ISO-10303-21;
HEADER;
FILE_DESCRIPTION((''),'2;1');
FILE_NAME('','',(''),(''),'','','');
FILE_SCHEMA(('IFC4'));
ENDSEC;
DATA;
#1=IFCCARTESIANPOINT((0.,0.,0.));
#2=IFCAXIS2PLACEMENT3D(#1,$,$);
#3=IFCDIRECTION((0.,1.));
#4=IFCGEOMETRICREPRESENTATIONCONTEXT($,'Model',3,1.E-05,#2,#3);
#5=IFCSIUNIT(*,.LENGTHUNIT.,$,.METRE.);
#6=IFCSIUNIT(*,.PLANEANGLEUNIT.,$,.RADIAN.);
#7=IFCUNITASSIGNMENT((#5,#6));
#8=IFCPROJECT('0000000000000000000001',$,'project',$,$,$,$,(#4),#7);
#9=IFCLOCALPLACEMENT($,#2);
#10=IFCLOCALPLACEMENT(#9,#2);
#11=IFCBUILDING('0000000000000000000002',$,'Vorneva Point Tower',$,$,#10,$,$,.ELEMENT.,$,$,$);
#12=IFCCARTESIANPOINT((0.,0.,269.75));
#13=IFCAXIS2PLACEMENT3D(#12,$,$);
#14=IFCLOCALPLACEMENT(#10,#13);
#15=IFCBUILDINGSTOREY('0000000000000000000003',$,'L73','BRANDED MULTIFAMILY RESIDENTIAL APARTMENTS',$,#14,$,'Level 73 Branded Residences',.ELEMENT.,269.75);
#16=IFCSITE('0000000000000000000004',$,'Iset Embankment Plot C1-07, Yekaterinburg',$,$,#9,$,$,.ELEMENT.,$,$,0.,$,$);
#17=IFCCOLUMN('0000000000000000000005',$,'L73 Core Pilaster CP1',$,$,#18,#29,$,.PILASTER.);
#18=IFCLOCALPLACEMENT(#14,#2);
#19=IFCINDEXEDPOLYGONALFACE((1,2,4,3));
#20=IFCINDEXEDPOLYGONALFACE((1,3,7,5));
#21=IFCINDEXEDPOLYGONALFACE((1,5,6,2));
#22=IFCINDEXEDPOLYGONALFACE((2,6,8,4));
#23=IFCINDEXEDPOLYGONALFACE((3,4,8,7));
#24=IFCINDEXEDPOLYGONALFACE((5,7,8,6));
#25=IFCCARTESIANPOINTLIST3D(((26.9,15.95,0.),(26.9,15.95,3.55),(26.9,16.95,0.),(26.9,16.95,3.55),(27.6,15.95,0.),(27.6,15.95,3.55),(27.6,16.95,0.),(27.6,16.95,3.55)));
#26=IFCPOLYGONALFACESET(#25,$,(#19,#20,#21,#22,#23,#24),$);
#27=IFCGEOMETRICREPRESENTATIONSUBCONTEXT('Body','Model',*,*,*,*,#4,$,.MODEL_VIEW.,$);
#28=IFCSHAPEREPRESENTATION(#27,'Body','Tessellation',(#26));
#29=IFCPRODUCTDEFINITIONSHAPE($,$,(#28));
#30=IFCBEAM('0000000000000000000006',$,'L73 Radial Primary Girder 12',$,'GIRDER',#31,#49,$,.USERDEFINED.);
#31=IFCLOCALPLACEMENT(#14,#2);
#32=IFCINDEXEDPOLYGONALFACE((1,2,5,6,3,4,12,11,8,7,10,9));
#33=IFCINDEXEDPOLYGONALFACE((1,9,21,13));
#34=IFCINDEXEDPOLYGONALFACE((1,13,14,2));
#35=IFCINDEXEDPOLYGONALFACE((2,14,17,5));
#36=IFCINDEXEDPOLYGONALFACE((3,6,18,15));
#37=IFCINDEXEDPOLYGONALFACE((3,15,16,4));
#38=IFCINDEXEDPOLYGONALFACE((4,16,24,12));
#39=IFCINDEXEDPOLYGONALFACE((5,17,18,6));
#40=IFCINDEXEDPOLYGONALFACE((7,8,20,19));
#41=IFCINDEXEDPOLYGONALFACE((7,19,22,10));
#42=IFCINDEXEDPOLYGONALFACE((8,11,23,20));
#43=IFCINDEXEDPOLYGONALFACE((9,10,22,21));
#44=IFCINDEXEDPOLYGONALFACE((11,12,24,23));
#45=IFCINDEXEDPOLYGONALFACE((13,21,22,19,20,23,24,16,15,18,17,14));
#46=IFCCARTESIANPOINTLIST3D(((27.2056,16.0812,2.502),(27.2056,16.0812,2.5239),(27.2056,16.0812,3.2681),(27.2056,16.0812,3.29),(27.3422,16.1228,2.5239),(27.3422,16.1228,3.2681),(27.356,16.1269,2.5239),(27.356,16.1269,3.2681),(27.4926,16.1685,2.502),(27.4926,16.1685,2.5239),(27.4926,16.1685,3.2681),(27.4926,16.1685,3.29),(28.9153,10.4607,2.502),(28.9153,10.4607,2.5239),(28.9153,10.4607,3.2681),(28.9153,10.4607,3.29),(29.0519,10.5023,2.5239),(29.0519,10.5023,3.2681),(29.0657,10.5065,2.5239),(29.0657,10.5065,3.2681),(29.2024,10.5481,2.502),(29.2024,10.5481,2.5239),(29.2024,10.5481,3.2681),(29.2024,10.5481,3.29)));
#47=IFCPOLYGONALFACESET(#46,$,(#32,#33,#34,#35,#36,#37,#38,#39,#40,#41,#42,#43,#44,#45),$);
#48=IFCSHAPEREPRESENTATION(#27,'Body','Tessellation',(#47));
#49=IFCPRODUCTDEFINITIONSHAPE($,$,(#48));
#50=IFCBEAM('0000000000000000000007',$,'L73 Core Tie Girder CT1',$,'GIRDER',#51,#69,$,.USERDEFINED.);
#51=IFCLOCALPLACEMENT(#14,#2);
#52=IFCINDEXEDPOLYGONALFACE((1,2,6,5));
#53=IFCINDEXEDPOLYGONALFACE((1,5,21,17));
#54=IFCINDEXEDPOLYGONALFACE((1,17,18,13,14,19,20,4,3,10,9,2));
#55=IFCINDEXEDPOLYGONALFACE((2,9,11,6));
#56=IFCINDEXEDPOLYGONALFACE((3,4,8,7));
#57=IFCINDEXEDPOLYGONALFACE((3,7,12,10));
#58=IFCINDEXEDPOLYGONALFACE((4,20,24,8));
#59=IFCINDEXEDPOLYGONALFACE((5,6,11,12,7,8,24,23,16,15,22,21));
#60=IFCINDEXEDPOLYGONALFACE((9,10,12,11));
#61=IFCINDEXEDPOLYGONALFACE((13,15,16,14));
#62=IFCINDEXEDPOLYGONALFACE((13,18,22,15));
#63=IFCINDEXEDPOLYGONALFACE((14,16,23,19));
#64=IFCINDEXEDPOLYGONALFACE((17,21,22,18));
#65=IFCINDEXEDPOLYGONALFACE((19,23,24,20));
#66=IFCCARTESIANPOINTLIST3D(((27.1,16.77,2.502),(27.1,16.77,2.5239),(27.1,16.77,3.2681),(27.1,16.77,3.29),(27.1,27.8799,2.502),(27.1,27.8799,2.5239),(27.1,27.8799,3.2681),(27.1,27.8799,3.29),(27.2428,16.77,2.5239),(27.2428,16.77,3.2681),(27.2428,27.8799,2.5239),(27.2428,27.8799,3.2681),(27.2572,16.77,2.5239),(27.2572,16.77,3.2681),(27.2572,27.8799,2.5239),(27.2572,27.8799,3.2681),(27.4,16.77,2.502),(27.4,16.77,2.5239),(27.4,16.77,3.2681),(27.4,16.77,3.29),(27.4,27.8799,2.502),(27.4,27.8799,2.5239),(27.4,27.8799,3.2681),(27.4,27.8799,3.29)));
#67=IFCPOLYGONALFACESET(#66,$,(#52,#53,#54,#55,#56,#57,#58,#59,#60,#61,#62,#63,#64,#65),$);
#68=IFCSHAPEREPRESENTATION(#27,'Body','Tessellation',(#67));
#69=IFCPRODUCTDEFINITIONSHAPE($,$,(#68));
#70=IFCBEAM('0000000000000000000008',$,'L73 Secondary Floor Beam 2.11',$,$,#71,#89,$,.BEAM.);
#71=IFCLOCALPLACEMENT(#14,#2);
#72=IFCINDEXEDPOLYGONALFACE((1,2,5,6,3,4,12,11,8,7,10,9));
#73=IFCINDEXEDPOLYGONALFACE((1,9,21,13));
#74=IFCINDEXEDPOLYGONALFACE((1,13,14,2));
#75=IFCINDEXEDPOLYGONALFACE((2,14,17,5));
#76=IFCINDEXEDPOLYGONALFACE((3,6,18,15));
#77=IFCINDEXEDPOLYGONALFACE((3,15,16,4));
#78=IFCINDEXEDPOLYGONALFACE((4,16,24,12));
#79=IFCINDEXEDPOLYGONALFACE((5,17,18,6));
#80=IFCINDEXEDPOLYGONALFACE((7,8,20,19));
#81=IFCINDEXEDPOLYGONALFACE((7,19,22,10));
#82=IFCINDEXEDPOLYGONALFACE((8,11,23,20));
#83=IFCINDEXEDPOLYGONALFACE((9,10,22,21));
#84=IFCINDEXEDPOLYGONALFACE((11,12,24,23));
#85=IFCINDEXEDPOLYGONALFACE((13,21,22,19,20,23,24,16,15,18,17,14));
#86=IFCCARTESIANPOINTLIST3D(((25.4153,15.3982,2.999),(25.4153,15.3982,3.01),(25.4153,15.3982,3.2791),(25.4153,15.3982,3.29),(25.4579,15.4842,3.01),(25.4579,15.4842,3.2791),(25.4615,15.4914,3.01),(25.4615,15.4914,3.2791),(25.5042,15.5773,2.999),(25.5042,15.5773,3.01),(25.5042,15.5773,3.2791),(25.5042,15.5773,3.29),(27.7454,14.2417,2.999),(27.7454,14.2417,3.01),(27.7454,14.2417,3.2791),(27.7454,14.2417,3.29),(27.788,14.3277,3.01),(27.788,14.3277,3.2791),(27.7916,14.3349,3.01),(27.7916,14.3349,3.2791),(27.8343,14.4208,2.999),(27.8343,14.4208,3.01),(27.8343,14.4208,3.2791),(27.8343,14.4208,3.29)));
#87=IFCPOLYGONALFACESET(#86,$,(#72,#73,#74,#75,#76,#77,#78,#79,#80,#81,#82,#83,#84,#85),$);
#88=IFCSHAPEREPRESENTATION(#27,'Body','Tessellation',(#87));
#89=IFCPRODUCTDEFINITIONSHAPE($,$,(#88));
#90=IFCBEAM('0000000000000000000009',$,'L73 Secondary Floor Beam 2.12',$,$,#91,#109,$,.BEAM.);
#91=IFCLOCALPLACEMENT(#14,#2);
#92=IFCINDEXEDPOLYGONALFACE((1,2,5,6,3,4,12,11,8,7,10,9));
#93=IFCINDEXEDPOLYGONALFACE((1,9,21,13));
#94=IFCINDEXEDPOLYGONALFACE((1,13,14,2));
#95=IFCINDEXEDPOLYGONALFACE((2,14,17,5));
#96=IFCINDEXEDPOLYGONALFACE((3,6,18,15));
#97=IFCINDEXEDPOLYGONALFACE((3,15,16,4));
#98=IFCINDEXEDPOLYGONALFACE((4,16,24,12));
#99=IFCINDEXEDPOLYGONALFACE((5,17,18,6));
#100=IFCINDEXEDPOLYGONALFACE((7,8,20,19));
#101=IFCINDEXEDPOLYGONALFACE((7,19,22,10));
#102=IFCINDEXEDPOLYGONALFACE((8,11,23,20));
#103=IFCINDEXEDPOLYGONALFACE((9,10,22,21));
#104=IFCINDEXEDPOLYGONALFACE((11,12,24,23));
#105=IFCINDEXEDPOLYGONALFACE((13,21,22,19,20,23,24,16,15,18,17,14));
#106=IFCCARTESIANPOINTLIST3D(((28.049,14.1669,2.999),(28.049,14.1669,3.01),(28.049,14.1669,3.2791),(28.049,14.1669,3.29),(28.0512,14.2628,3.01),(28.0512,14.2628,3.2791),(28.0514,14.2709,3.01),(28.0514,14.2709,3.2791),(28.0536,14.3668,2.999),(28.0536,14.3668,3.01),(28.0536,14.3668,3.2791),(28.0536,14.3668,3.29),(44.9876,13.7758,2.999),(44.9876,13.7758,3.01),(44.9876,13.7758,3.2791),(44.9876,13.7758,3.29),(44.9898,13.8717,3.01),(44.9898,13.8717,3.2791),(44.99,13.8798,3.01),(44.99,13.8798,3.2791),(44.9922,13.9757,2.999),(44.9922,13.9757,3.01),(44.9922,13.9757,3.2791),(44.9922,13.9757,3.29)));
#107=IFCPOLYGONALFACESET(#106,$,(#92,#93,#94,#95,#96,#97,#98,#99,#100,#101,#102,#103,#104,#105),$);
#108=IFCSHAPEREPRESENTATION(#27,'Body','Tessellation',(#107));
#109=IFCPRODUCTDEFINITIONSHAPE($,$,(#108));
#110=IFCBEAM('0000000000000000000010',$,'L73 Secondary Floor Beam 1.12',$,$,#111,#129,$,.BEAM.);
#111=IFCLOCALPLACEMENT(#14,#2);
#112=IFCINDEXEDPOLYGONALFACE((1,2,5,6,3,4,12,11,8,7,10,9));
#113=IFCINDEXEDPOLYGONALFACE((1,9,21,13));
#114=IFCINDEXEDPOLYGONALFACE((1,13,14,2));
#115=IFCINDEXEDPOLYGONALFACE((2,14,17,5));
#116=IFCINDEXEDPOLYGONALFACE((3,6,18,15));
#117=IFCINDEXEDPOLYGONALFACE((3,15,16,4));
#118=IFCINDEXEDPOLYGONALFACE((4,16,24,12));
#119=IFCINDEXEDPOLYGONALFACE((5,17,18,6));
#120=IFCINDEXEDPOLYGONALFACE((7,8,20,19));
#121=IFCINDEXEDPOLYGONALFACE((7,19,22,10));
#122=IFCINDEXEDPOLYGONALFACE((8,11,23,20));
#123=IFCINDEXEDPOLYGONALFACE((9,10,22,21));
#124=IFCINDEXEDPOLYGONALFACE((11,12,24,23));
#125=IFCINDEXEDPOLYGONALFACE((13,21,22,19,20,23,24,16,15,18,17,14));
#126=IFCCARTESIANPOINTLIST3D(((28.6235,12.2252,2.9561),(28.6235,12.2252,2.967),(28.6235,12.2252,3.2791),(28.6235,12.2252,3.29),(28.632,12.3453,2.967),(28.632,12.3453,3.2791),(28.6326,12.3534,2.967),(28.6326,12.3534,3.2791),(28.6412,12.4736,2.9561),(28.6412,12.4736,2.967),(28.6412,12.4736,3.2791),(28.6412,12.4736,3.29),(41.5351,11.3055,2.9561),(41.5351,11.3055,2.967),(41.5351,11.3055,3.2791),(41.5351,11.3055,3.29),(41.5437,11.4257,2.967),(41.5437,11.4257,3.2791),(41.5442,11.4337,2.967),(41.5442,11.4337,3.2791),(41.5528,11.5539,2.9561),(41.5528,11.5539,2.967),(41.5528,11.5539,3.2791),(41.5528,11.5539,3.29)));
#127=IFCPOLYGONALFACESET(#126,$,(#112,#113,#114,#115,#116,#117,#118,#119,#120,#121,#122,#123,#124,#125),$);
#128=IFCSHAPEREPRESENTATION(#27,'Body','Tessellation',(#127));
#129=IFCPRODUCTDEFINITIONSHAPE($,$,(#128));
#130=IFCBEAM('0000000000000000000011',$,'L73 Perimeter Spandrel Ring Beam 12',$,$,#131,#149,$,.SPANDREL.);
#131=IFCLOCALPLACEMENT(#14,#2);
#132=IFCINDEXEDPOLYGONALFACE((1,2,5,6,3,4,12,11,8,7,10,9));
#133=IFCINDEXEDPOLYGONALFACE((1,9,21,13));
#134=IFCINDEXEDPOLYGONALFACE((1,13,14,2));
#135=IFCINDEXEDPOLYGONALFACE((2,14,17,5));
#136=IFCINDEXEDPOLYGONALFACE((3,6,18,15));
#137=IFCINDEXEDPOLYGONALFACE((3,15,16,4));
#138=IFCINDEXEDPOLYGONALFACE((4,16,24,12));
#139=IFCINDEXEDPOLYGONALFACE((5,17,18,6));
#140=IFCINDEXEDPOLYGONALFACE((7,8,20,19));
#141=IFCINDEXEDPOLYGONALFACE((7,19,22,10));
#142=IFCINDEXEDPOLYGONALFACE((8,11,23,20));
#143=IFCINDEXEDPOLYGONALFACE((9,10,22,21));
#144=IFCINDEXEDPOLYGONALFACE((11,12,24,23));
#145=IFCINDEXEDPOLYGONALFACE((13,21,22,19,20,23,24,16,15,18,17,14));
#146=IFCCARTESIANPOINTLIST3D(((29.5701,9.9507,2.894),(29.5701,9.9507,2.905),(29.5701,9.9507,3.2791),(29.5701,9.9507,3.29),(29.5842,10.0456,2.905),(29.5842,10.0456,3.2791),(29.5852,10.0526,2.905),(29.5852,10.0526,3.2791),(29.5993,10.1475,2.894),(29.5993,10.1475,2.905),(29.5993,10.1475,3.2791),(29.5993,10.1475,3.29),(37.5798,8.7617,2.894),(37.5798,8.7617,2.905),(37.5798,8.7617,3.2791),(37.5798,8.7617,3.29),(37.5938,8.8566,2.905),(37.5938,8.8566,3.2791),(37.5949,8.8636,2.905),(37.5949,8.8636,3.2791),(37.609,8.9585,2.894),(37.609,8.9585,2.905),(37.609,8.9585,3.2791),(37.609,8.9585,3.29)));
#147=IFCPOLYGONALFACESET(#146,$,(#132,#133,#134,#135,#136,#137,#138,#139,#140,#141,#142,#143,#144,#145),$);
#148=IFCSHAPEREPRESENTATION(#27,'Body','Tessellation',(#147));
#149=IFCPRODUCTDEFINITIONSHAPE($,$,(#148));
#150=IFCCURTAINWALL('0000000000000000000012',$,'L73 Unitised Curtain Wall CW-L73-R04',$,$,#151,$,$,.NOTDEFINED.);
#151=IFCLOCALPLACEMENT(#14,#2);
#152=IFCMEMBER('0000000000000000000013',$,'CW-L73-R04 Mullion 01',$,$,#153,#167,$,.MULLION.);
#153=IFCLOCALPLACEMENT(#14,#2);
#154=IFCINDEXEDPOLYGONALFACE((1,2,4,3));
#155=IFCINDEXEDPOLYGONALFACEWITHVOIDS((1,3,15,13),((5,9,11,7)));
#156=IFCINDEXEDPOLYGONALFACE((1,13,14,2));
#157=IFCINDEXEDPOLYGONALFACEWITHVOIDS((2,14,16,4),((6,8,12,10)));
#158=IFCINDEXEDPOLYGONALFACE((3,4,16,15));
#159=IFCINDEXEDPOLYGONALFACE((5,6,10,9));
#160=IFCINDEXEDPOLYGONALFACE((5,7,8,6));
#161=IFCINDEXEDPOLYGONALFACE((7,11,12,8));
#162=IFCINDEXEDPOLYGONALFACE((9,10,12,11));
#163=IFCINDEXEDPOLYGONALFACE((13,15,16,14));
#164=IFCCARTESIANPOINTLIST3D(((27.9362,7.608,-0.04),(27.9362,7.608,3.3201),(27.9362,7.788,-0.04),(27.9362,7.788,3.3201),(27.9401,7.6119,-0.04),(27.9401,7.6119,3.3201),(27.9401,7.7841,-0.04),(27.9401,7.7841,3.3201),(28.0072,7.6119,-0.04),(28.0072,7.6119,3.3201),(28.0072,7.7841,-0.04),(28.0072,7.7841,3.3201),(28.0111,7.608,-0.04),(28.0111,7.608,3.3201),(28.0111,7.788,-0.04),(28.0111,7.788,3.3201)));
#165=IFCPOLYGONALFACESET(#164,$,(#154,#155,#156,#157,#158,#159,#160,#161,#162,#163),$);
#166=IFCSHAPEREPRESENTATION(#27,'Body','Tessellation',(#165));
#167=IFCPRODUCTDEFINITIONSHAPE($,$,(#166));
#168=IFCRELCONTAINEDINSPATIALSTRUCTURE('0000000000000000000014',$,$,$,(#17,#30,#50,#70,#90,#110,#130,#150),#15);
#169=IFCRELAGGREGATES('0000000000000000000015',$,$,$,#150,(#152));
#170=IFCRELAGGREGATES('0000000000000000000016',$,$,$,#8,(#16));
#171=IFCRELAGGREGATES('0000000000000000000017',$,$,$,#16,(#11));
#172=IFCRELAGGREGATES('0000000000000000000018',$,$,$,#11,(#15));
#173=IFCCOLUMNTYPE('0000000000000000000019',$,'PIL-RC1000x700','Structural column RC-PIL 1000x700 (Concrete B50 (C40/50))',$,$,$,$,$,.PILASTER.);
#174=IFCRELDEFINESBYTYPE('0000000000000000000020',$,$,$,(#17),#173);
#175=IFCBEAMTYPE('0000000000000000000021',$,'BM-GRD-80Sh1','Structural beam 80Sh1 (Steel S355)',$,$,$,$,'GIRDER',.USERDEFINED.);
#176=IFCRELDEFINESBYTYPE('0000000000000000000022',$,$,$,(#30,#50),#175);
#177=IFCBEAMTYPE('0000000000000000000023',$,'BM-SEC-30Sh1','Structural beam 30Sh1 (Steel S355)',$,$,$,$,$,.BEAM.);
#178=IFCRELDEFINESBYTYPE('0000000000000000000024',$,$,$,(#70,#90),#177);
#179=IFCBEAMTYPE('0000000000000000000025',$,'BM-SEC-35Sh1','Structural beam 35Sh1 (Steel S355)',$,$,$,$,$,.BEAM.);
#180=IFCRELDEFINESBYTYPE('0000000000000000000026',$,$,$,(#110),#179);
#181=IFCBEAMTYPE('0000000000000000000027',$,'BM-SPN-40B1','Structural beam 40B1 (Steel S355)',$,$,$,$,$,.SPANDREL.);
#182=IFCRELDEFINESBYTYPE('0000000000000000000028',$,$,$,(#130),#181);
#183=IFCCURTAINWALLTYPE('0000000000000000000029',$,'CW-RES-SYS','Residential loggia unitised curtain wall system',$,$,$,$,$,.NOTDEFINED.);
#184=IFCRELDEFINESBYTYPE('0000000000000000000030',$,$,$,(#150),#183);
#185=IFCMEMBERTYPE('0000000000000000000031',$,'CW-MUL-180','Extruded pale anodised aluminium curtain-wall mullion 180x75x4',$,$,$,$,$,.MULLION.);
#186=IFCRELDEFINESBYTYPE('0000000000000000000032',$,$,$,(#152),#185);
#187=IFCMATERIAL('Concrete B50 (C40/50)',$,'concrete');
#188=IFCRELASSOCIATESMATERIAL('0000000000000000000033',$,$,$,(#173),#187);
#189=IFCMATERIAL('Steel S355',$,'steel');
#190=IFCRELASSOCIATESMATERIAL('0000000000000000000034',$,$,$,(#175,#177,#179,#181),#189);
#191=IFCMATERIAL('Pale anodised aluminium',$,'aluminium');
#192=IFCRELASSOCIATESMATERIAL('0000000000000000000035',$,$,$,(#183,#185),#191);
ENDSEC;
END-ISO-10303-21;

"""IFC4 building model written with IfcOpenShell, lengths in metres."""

from ifc_helpers import new_model, si_unit, direction, frame, origin, origin_2d, place, context, subcontext, project, spatial, rectangle, hollow_rectangle, i_section, extrude, material, material_profile, profile_set, type_object, element, aggregate, save


model = new_model("IFC4")

# Units and contexts
model_context = context("Model", 3, precision=1e-05, world=origin(), true_north=direction((0.0, 1.0)))
body_context = subcontext(model_context, "Body", "Model", "MODEL_VIEW")
ifc_project = project(units=[si_unit("LENGTHUNIT", "METRE"), si_unit("PLANEANGLEUNIT", "RADIAN")], contexts=[model_context])

# Site, building, storey
site_placement = place(None, origin())
site = spatial("IfcSite", under=ifc_project, at=site_placement, Name="Iset Embankment Plot C1-07, Yekaterinburg", CompositionType="ELEMENT", RefElevation=0.0)
building_placement = place(site_placement, origin())
building = spatial("IfcBuilding", under=site, at=building_placement, Name="Vorneva Point Tower", CompositionType="ELEMENT")
storey_placement = place(building_placement, frame((0.0, 0.0, 269.75)))
storey = spatial("IfcBuildingStorey", under=building, at=storey_placement, Name="L73", Description="BRANDED MULTIFAMILY RESIDENTIAL APARTMENTS", LongName="Level 73 Branded Residences", CompositionType="ELEMENT", Elevation=269.75)

# Column
ifc_material_1 = material(Name="Concrete B50 (C40/50)", Category="concrete")
ifc_material_profile_1 = material_profile(ifc_material_1, rectangle(XDim=0.7, YDim=1.0, at=origin_2d()), Name="RC-PIL 1000x700")
ifc_profile_set_1 = profile_set([ifc_material_profile_1], Name="Concrete B50 (C40/50)")
column_type_1 = type_object("IfcColumnType", Name="PIL-RC1000x700", Description="Structural column RC-PIL 1000x700 (Concrete B50 (C40/50))", PredefinedType="PILASTER", material=ifc_profile_set_1)
column_1_placement = place(storey_placement, frame((27.25, 16.45, 0.0), z_axis=(0.0, 0.0, 1.0), x_axis=(1.0, 0.0, 0.0)))
element("IfcColumn", 1, at=column_1_placement, inside=storey, type_object=column_type_1, Name="L73 Core Pilaster CP1", PredefinedType="PILASTER", context=body_context, shape_type="SweptSolid", body=[
    extrude(rectangle(XDim=0.7, YDim=1.0, at=origin_2d()), origin(), (0.0, 0.0, 1.0), 3.55),
])

# Beams
ifc_material_2 = material(Name="Steel S355", Category="steel")
ifc_material_profile_2 = material_profile(ifc_material_2, i_section(OverallWidth=0.3, OverallDepth=0.7881, WebThickness=0.0144, FlangeThickness=0.022, at=origin_2d()), Name="80Sh1")
ifc_profile_set_2 = profile_set([ifc_material_profile_2], Name="Steel S355")
beam_type_1 = type_object("IfcBeamType", Name="BM-GRD-80Sh1", Description="Structural beam 80Sh1 (Steel S355)", ElementType="GIRDER", PredefinedType="USERDEFINED", material=ifc_profile_set_2)
beam_1_placement = place(storey_placement, frame((29.0588, 10.5044, 2.896), z_axis=(-0.291033, 0.956713, 0.0), x_axis=(-0.956713, -0.291033, 0.0)))
element("IfcBeam", 2, at=beam_1_placement, inside=storey, type_object=beam_type_1, Name="L73 Radial Primary Girder 12", ObjectType="GIRDER", PredefinedType="USERDEFINED", context=body_context, shape_type="SweptSolid", body=[
    extrude(i_section(OverallWidth=0.3, OverallDepth=0.7881, WebThickness=0.0144, FlangeThickness=0.022, at=origin_2d()), origin(), (0.0, 0.0, 1.0), 5.8748),
])
beam_2_placement = place(storey_placement, frame((27.25, 16.77, 2.896), z_axis=(0.0, 1.0, 0.0), x_axis=(-1.0, 0.0, 0.0)))
element("IfcBeam", 3, at=beam_2_placement, inside=storey, type_object=beam_type_1, Name="L73 Core Tie Girder CT1", ObjectType="GIRDER", PredefinedType="USERDEFINED", context=body_context, shape_type="SweptSolid", body=[
    extrude(i_section(OverallWidth=0.3, OverallDepth=0.7881, WebThickness=0.0144, FlangeThickness=0.022, at=origin_2d()), origin(), (0.0, 0.0, 1.0), 11.1099),
])
ifc_material_profile_3 = material_profile(ifc_material_2, i_section(OverallWidth=0.2, OverallDepth=0.291, WebThickness=0.0081, FlangeThickness=0.011, at=origin_2d()), Name="30Sh1")
ifc_profile_set_3 = profile_set([ifc_material_profile_3], Name="Steel S355")
beam_type_2 = type_object("IfcBeamType", Name="BM-SEC-30Sh1", Description="Structural beam 30Sh1 (Steel S355)", PredefinedType="BEAM", material=ifc_profile_set_3)
beam_3_placement = place(storey_placement, frame((25.4597, 15.4878, 3.1445), z_axis=(0.895737, -0.444584, 0.0), x_axis=(0.444584, 0.895737, 0.0)))
element("IfcBeam", 4, at=beam_3_placement, inside=storey, type_object=beam_type_2, Name="L73 Secondary Floor Beam 2.11", PredefinedType="BEAM", context=body_context, shape_type="SweptSolid", body=[
    extrude(i_section(OverallWidth=0.2, OverallDepth=0.291, WebThickness=0.0081, FlangeThickness=0.011, at=origin_2d()), origin(), (0.0, 0.0, 1.0), 2.6013),
])
beam_4_placement = place(storey_placement, frame((28.0513, 14.2668, 3.1445), z_axis=(0.999734, -0.023084, 0.0), x_axis=(0.023084, 0.999734, 0.0)))
element("IfcBeam", 5, at=beam_4_placement, inside=storey, type_object=beam_type_2, Name="L73 Secondary Floor Beam 2.12", PredefinedType="BEAM", context=body_context, shape_type="SweptSolid", body=[
    extrude(i_section(OverallWidth=0.2, OverallDepth=0.291, WebThickness=0.0081, FlangeThickness=0.011, at=origin_2d()), origin(), (0.0, 0.0, 1.0), 16.9431),
])
ifc_material_profile_4 = material_profile(ifc_material_2, i_section(OverallWidth=0.249, OverallDepth=0.334, WebThickness=0.0081, FlangeThickness=0.011, at=origin_2d()), Name="35Sh1")
ifc_profile_set_4 = profile_set([ifc_material_profile_4], Name="Steel S355")
beam_type_3 = type_object("IfcBeamType", Name="BM-SEC-35Sh1", Description="Structural beam 35Sh1 (Steel S355)", PredefinedType="BEAM", material=ifc_profile_set_4)
beam_5_placement = place(storey_placement, frame((28.6323, 12.3494, 3.123), z_axis=(0.997473, -0.071049, 0.0), x_axis=(0.071049, 0.997473, 0.0)))
element("IfcBeam", 6, at=beam_5_placement, inside=storey, type_object=beam_type_3, Name="L73 Secondary Floor Beam 1.12", PredefinedType="BEAM", context=body_context, shape_type="SweptSolid", body=[
    extrude(i_section(OverallWidth=0.249, OverallDepth=0.334, WebThickness=0.0081, FlangeThickness=0.011, at=origin_2d()), origin(), (0.0, 0.0, 1.0), 12.9443),
])
ifc_material_profile_5 = material_profile(ifc_material_2, i_section(OverallWidth=0.199, OverallDepth=0.396, WebThickness=0.0071, FlangeThickness=0.011, at=origin_2d()), Name="40B1")
ifc_profile_set_5 = profile_set([ifc_material_profile_5], Name="Steel S355")
beam_type_4 = type_object("IfcBeamType", Name="BM-SPN-40B1", Description="Structural beam 40B1 (Steel S355)", PredefinedType="SPANDREL", material=ifc_profile_set_5)
beam_6_placement = place(storey_placement, frame((29.5847, 10.0491, 3.092), z_axis=(0.989162, -0.146831, 0.0), x_axis=(0.146831, 0.989162, 0.0)))
element("IfcBeam", 7, at=beam_6_placement, inside=storey, type_object=beam_type_4, Name="L73 Perimeter Spandrel Ring Beam 12", PredefinedType="SPANDREL", context=body_context, shape_type="SweptSolid", body=[
    extrude(i_section(OverallWidth=0.199, OverallDepth=0.396, WebThickness=0.0071, FlangeThickness=0.011, at=origin_2d()), origin(), (0.0, 0.0, 1.0), 8.0974),
])

# Curtain wall, member
ifc_material_3 = material(Name="Pale anodised aluminium", Category="aluminium")
curtain_wall_type = type_object("IfcCurtainWallType", Name="CW-RES-SYS", Description="Residential loggia unitised curtain wall system", PredefinedType="NOTDEFINED", material=ifc_material_3)
curtain_wall_placement = place(storey_placement, origin())
curtain_wall = element("IfcCurtainWall", 8, at=curtain_wall_placement, inside=storey, type_object=curtain_wall_type, Name="L73 Unitised Curtain Wall CW-L73-R04", PredefinedType="NOTDEFINED")
ifc_material_profile_6 = material_profile(ifc_material_3, hollow_rectangle(XDim=0.075, YDim=0.1799, WallThickness=0.0039, at=origin_2d()), Name="AL-MUL 180x75x4")
ifc_profile_set_6 = profile_set([ifc_material_profile_6], Name="Pale anodised aluminium")
member_type_1 = type_object("IfcMemberType", Name="CW-MUL-180", Description="Extruded pale anodised aluminium curtain-wall mullion 180x75x4", PredefinedType="MULLION", material=ifc_profile_set_6)
member_1_placement = place(storey_placement, frame((27.9736, 7.698, -0.04), z_axis=(0.0, 0.0, 1.0), x_axis=(1.0, 0.0, 0.0)))
member_1 = element("IfcMember", 9, at=member_1_placement, type_object=member_type_1, Name="CW-L73-R04 Mullion 01", PredefinedType="MULLION", context=body_context, shape_type="SweptSolid", body=[
    extrude(hollow_rectangle(XDim=0.075, YDim=0.1799, WallThickness=0.0039, at=origin_2d()), origin(), (0.0, 0.0, 1.0), 3.3601),
])
aggregate(curtain_wall, [member_1])

save(model, "model.ifc")
